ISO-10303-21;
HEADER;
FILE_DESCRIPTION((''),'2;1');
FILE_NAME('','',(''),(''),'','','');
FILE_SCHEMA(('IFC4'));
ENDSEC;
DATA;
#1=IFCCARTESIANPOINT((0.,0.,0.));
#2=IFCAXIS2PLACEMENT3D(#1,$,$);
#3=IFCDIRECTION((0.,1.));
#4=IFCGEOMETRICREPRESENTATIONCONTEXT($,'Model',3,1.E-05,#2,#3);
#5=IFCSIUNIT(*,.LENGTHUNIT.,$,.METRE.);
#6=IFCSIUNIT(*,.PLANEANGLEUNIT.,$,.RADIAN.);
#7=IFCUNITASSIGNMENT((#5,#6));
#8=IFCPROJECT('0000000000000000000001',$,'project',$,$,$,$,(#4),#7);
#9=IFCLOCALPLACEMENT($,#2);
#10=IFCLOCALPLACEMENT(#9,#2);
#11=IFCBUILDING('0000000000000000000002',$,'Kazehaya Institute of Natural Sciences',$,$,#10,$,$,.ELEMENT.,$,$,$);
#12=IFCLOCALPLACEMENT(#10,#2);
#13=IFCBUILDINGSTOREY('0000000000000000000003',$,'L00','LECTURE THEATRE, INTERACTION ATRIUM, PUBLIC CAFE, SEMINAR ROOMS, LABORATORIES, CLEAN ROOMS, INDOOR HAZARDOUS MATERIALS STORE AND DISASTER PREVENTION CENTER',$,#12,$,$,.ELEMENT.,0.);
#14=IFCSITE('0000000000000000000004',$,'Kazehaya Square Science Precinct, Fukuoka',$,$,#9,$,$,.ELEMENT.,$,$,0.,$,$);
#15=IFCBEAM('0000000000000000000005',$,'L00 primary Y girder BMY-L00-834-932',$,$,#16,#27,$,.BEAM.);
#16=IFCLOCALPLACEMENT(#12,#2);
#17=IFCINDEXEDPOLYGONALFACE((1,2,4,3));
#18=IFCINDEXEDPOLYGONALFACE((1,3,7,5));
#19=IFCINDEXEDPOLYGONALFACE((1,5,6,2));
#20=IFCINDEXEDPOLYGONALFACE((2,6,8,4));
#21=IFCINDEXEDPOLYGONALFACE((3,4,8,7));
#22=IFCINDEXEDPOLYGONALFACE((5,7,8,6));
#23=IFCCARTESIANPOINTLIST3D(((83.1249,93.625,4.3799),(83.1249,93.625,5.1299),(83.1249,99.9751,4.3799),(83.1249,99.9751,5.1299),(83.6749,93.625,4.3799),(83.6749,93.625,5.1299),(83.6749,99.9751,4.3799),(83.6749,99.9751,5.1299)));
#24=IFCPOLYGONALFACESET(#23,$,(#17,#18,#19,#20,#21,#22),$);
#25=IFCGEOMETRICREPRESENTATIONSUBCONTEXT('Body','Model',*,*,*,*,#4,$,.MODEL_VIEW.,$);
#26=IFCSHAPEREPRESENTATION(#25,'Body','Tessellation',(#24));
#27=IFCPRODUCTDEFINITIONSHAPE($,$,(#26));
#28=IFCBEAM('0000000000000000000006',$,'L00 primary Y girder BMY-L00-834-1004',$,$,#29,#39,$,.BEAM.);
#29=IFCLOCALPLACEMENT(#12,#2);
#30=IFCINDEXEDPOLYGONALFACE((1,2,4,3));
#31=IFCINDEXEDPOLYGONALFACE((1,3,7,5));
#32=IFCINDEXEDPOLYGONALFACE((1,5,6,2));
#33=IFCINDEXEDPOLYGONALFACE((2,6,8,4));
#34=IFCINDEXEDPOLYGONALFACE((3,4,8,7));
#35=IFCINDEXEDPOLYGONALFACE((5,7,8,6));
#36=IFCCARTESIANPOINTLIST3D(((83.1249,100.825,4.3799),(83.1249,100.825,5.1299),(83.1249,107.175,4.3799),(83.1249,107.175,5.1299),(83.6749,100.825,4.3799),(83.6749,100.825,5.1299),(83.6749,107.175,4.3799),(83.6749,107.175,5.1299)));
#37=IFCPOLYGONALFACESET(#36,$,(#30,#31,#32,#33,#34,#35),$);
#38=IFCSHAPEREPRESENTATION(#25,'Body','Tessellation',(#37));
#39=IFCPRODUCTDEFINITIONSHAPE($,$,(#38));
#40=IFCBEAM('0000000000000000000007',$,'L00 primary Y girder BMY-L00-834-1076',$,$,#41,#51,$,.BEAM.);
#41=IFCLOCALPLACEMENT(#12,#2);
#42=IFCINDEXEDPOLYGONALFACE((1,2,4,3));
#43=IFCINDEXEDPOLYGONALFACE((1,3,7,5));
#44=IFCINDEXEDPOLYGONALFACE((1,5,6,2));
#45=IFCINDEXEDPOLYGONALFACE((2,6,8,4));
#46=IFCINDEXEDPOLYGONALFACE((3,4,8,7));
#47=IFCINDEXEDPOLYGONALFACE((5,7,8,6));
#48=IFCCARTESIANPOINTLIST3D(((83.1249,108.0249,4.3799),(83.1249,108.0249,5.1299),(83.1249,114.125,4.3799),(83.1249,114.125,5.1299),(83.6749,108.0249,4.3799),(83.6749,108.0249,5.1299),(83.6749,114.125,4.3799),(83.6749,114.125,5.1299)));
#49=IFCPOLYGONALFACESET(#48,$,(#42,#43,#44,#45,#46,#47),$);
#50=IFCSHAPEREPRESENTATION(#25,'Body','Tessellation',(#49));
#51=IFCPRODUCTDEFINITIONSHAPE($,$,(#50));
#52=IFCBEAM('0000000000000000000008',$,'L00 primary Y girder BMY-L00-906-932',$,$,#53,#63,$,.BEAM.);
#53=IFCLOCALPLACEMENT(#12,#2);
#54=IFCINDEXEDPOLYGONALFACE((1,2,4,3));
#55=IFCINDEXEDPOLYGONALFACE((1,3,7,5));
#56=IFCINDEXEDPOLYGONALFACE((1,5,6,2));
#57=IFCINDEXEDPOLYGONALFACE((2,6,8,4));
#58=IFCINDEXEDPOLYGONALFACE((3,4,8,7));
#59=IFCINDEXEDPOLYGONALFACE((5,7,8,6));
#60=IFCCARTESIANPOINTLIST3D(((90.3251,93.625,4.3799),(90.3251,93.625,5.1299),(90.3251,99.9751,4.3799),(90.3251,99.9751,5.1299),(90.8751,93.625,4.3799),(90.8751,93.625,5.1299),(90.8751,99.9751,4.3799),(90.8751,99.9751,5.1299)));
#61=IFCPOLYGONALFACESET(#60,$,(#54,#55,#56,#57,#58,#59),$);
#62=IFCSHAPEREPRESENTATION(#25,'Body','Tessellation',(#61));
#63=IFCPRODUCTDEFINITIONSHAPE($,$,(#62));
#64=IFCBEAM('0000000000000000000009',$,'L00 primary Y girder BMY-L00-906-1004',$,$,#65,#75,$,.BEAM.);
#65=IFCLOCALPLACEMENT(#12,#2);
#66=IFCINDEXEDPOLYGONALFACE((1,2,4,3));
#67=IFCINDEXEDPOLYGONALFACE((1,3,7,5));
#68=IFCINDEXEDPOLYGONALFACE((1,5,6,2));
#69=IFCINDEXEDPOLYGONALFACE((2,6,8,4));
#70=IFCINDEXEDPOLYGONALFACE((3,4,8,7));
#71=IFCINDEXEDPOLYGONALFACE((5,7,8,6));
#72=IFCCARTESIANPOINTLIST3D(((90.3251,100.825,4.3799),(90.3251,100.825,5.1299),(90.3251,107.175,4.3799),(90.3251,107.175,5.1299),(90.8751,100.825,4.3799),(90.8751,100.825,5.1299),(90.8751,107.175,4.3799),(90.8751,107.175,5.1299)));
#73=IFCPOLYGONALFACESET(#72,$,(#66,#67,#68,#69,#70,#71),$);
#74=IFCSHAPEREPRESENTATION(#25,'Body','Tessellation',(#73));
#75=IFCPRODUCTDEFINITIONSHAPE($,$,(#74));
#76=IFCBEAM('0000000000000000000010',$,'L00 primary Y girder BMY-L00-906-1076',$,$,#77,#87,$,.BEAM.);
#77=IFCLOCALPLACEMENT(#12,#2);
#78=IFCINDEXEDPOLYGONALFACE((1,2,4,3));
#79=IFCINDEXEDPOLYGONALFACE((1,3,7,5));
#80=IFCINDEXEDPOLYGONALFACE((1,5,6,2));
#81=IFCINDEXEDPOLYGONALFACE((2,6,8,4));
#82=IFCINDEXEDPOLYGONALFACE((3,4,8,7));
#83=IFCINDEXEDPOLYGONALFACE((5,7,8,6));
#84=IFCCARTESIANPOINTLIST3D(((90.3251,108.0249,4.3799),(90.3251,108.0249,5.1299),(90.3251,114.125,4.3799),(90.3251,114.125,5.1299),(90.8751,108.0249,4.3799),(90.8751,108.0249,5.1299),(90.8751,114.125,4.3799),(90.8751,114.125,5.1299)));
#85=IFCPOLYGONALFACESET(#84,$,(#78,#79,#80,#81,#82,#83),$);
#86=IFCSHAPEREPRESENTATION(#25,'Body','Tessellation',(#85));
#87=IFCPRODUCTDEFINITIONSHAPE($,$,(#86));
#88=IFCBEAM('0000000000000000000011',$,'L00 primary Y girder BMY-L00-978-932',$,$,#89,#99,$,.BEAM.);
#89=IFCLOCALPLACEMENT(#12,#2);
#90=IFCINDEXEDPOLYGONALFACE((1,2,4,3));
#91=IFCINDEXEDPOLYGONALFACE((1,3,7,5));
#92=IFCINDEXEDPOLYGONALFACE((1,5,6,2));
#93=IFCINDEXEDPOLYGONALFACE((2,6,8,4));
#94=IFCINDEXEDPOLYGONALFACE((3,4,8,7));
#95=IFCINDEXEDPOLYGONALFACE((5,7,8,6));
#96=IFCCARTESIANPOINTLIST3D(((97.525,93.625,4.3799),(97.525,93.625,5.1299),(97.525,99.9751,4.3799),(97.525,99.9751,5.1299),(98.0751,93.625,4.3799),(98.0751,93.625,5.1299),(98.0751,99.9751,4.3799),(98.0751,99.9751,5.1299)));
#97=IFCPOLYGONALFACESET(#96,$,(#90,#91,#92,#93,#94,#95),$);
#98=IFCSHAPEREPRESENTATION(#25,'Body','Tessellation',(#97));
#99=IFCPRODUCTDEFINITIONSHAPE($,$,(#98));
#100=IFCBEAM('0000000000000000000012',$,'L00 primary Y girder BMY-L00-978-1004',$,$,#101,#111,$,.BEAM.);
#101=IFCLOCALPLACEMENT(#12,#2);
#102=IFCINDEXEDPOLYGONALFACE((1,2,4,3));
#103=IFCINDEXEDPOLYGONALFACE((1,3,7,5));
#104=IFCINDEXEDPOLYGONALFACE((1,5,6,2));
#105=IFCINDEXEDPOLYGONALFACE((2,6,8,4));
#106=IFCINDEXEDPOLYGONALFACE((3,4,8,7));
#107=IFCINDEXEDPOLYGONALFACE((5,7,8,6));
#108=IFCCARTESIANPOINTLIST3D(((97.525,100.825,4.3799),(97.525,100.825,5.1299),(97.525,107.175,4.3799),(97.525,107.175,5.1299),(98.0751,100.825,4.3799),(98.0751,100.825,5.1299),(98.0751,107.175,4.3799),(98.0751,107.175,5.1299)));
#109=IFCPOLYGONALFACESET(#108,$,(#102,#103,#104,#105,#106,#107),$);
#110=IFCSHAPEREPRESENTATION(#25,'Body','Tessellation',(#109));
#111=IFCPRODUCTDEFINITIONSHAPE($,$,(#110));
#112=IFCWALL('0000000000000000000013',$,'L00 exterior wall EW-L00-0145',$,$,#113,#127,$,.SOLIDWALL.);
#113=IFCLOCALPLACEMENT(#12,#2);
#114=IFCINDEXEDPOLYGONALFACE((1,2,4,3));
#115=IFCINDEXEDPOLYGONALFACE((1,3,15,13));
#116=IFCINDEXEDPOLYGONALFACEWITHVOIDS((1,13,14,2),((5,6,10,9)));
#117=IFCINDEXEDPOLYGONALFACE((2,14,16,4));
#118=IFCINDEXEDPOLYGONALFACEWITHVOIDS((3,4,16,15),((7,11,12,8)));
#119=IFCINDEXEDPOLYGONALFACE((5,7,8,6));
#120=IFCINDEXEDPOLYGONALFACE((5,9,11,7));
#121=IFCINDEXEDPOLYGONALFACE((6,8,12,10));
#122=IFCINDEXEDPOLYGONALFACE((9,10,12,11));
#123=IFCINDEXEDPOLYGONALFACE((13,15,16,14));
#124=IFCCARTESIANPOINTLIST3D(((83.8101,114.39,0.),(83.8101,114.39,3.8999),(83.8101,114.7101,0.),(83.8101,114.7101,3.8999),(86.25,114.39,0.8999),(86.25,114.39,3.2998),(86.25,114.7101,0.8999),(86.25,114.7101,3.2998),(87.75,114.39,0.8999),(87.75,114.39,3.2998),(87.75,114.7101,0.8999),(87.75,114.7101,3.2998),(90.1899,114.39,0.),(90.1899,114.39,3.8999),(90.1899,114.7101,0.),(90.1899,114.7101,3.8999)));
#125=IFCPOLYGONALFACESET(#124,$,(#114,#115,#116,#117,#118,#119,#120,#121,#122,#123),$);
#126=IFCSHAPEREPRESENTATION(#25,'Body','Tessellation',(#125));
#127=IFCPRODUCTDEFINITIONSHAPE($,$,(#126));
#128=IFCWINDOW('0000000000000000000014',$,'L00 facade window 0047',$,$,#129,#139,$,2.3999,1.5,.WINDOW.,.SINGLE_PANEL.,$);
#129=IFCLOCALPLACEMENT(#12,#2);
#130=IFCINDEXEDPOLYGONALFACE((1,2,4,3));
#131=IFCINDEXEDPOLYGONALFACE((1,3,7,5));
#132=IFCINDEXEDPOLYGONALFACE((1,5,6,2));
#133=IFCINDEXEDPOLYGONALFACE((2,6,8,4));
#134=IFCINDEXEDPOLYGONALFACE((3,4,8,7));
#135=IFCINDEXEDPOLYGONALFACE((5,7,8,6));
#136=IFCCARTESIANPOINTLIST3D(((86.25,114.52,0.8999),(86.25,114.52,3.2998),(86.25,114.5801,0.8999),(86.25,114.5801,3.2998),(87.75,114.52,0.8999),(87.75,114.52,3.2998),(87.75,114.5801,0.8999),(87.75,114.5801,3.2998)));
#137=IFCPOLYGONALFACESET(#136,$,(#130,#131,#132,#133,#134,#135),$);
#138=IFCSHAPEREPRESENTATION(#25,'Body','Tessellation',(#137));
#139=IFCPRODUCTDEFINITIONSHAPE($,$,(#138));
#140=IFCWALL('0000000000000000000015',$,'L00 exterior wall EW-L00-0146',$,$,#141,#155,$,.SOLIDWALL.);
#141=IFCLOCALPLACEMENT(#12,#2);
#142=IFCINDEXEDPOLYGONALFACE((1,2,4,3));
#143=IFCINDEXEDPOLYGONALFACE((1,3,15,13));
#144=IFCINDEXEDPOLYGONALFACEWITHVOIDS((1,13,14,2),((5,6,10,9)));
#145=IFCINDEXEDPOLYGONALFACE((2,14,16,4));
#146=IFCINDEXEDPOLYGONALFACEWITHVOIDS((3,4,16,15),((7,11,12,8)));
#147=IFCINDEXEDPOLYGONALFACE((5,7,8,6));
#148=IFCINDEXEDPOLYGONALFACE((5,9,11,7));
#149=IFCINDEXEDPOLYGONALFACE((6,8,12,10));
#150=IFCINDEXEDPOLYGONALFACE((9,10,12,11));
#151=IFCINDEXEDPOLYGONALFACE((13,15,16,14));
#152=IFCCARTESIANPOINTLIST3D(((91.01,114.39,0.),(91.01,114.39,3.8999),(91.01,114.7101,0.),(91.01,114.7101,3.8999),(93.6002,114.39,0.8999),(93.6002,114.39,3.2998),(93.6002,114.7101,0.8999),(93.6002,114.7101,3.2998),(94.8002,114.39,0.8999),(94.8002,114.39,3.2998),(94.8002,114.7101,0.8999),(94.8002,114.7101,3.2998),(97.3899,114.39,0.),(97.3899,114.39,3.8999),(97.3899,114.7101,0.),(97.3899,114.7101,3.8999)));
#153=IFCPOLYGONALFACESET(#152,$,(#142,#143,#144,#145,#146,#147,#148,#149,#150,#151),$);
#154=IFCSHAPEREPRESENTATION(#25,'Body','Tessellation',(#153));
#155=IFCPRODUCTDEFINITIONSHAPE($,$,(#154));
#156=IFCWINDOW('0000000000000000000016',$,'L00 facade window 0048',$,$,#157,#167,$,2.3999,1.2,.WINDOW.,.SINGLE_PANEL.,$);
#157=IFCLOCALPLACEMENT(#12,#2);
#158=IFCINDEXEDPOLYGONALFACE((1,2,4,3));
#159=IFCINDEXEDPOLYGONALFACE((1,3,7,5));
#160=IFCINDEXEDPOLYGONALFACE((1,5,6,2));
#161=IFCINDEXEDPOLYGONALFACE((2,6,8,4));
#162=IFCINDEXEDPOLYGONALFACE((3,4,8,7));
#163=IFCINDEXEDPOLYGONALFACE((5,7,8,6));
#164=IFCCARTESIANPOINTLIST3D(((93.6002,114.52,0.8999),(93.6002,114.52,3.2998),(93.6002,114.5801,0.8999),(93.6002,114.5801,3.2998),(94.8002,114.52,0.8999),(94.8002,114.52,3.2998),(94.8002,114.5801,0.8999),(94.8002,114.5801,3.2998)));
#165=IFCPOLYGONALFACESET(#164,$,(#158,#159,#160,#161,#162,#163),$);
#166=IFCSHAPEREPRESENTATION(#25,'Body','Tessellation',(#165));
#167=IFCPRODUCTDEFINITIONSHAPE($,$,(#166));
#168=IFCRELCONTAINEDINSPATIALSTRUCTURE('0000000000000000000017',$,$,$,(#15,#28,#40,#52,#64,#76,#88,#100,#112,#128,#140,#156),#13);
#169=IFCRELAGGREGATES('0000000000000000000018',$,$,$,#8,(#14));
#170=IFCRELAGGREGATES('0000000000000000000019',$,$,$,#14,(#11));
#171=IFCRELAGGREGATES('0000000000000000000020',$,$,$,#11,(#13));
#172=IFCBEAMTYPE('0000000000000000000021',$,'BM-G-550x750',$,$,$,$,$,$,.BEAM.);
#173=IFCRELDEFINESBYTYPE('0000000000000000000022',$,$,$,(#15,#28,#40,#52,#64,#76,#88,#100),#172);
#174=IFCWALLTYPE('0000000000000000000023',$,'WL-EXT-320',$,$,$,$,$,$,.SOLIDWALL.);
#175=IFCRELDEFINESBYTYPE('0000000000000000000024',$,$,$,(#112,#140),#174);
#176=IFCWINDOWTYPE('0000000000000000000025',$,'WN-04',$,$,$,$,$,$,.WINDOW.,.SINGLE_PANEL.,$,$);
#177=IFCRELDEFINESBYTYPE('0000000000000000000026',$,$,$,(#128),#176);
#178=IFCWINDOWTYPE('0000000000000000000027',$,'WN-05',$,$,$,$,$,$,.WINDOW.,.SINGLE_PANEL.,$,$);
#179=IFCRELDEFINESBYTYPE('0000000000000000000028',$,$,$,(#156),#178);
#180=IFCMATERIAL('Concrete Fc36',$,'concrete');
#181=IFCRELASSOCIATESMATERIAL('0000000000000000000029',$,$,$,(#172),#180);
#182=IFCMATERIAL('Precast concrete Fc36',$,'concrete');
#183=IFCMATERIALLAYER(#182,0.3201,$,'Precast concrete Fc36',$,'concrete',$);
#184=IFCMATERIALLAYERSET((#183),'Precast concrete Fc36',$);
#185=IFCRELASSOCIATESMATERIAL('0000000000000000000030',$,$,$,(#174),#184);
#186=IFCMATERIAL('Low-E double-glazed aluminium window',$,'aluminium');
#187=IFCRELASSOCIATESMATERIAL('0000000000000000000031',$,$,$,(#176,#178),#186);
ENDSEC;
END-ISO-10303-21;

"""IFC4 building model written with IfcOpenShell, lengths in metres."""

from ifc_helpers import new_model, si_unit, direction, frame, frame_2d, origin, origin_2d, place, context, subcontext, project, spatial, rectangle, extrude, material, layer, layer_set, material_profile, profile_set, type_object, element, fill, save


model = new_model("IFC4")

# Units and contexts
model_context = context("Model", 3, precision=1e-05, world=origin(), true_north=direction((0.0, 1.0)))
body_context = subcontext(model_context, "Body", "Model", "MODEL_VIEW")
ifc_project = project(units=[si_unit("LENGTHUNIT", "METRE"), si_unit("PLANEANGLEUNIT", "RADIAN")], contexts=[model_context])

# Site, building, storey
site_placement = place(None, origin())
site = spatial("IfcSite", under=ifc_project, at=site_placement, Name="Kazehaya Square Science Precinct, Fukuoka", CompositionType="ELEMENT", RefElevation=0.0)
building_placement = place(site_placement, origin())
building = spatial("IfcBuilding", under=site, at=building_placement, Name="Kazehaya Institute of Natural Sciences", CompositionType="ELEMENT")
storey_placement = place(building_placement, origin())
storey = spatial("IfcBuildingStorey", under=building, at=storey_placement, Name="L00", Description="LECTURE THEATRE, INTERACTION ATRIUM, PUBLIC CAFE, SEMINAR ROOMS, LABORATORIES, CLEAN ROOMS, INDOOR HAZARDOUS MATERIALS STORE AND DISASTER PREVENTION CENTER", CompositionType="ELEMENT", Elevation=0.0)

# Beams
ifc_material_1 = material(Name="Concrete Fc36", Category="concrete")
ifc_material_profile_1 = material_profile(ifc_material_1, rectangle(XDim=0.55, YDim=0.75, at=origin_2d()), Name="RC-550x750")
ifc_profile_set_1 = profile_set([ifc_material_profile_1], Name="Concrete Fc36")
beam_type = type_object("IfcBeamType", Name="BM-G-550x750", PredefinedType="BEAM", material=ifc_profile_set_1)
for number, where, z_axis, x_axis, name in (
    (1, (83.3999, 93.625, 4.7549), (0.0, 1.0, 0.0), (-1.0, 0.0, 0.0), "L00 primary Y girder BMY-L00-834-932"),
    (2, (83.3999, 100.825, 4.7549), (0.0, 1.0, 0.0), (-1.0, 0.0, 0.0), "L00 primary Y girder BMY-L00-834-1004"),
):
    element("IfcBeam", number, at=place(storey_placement, frame(where, z_axis=z_axis, x_axis=x_axis)), inside=storey, type_object=beam_type, Name=name, PredefinedType="BEAM", context=body_context, shape_type="SweptSolid", body=[
        extrude(rectangle(XDim=0.55, YDim=0.75, at=origin_2d()), origin(), (0.0, 0.0, 1.0), 6.3501),
    ])
beam_1_placement = place(storey_placement, frame((83.3999, 108.0249, 4.7549), z_axis=(0.0, 1.0, 0.0), x_axis=(-1.0, 0.0, 0.0)))
element("IfcBeam", 3, at=beam_1_placement, inside=storey, type_object=beam_type, Name="L00 primary Y girder BMY-L00-834-1076", PredefinedType="BEAM", context=body_context, shape_type="SweptSolid", body=[
    extrude(rectangle(XDim=0.55, YDim=0.75, at=origin_2d()), origin(), (0.0, 0.0, 1.0), 6.1001),
])
for number, where, z_axis, x_axis, name in (
    (4, (90.6001, 93.625, 4.7549), (0.0, 1.0, 0.0), (-1.0, 0.0, 0.0), "L00 primary Y girder BMY-L00-906-932"),
    (5, (90.6001, 100.825, 4.7549), (0.0, 1.0, 0.0), (-1.0, 0.0, 0.0), "L00 primary Y girder BMY-L00-906-1004"),
):
    element("IfcBeam", number, at=place(storey_placement, frame(where, z_axis=z_axis, x_axis=x_axis)), inside=storey, type_object=beam_type, Name=name, PredefinedType="BEAM", context=body_context, shape_type="SweptSolid", body=[
        extrude(rectangle(XDim=0.55, YDim=0.75, at=origin_2d()), origin(), (0.0, 0.0, 1.0), 6.3501),
    ])
beam_2_placement = place(storey_placement, frame((90.6001, 108.0249, 4.7549), z_axis=(0.0, 1.0, 0.0), x_axis=(-1.0, 0.0, 0.0)))
element("IfcBeam", 6, at=beam_2_placement, inside=storey, type_object=beam_type, Name="L00 primary Y girder BMY-L00-906-1076", PredefinedType="BEAM", context=body_context, shape_type="SweptSolid", body=[
    extrude(rectangle(XDim=0.55, YDim=0.75, at=origin_2d()), origin(), (0.0, 0.0, 1.0), 6.1001),
])
for number, where, z_axis, x_axis, name in (
    (7, (97.8, 93.625, 4.7549), (0.0, 1.0, 0.0), (-1.0, 0.0, 0.0), "L00 primary Y girder BMY-L00-978-932"),
    (8, (97.8, 100.825, 4.7549), (0.0, 1.0, 0.0), (-1.0, 0.0, 0.0), "L00 primary Y girder BMY-L00-978-1004"),
):
    element("IfcBeam", number, at=place(storey_placement, frame(where, z_axis=z_axis, x_axis=x_axis)), inside=storey, type_object=beam_type, Name=name, PredefinedType="BEAM", context=body_context, shape_type="SweptSolid", body=[
        extrude(rectangle(XDim=0.55, YDim=0.75, at=origin_2d()), origin(), (0.0, 0.0, 1.0), 6.3501),
    ])

# Walls, openings, windows
ifc_material_2 = material(Name="Precast concrete Fc36", Category="concrete")
ifc_layer_1 = layer(ifc_material_2, 0.3201, Name="Precast concrete Fc36", Category="concrete")
ifc_layer_set_1 = layer_set([ifc_layer_1], Name="Precast concrete Fc36")
wall_type_1 = type_object("IfcWallType", Name="WL-EXT-320", PredefinedType="SOLIDWALL", material=ifc_layer_set_1)
wall_1_placement = place(storey_placement, frame((83.8101, 114.55, 0.0), z_axis=(0.0, 0.0, 1.0), x_axis=(1.0, 0.0, 0.0)))
wall_1 = element("IfcWall", 9, at=wall_1_placement, inside=storey, type_object=wall_type_1, Name="L00 exterior wall EW-L00-0145", PredefinedType="SOLIDWALL", context=body_context, shape_type="SweptSolid", body=[
    extrude(rectangle(XDim=6.3799, YDim=0.3201, at=frame_2d((3.1899, 0.0))), origin(), (0.0, 0.0, 1.0), 3.8999),
])
opening_1_placement = place(wall_1_placement, frame((2.4399, 0.0, 0.8999)))
opening_1 = element("IfcOpeningElement", 10, at=opening_1_placement, cuts=wall_1, PredefinedType="OPENING", context=body_context, shape_type="SweptSolid", body=[
    extrude(rectangle(XDim=1.5, YDim=2.3999, at=frame_2d((0.75, 1.2))), frame((0.0, 0.1699, 0.0), z_axis=(0.0, -1.0, 0.0), x_axis=(1.0, 0.0, 0.0)), (0.0, 0.0, 1.0), 0.3401),
])
ifc_material_3 = material(Name="Low-E double-glazed aluminium window", Category="aluminium")
window_type_1 = type_object("IfcWindowType", Name="WN-04", PartitioningType="SINGLE_PANEL", PredefinedType="WINDOW", material=ifc_material_3)
window_1_placement = place(opening_1_placement, origin())
window_1 = element("IfcWindow", 11, at=window_1_placement, inside=storey, type_object=window_type_1, Name="L00 facade window 0047", OverallHeight=2.3999, OverallWidth=1.5, PartitioningType="SINGLE_PANEL", PredefinedType="WINDOW", context=body_context, shape_type="SweptSolid", body=[
    extrude(rectangle(XDim=1.5, YDim=2.3999, at=frame_2d((0.75, 1.2))), frame((0.0, 0.03, 0.0), z_axis=(0.0, -1.0, 0.0), x_axis=(1.0, 0.0, 0.0)), (0.0, 0.0, 1.0), 0.0601),
])
fill(opening_1, window_1)
wall_2_placement = place(storey_placement, frame((91.01, 114.55, 0.0), z_axis=(0.0, 0.0, 1.0), x_axis=(1.0, 0.0, 0.0)))
wall_2 = element("IfcWall", 12, at=wall_2_placement, inside=storey, type_object=wall_type_1, Name="L00 exterior wall EW-L00-0146", PredefinedType="SOLIDWALL", context=body_context, shape_type="SweptSolid", body=[
    extrude(rectangle(XDim=6.3799, YDim=0.3201, at=frame_2d((3.1899, 0.0))), origin(), (0.0, 0.0, 1.0), 3.8999),
])
opening_2_placement = place(wall_2_placement, frame((2.5901, 0.0, 0.8999)))
opening_2 = element("IfcOpeningElement", 13, at=opening_2_placement, cuts=wall_2, PredefinedType="OPENING", context=body_context, shape_type="SweptSolid", body=[
    extrude(rectangle(XDim=1.2, YDim=2.3999, at=frame_2d((0.6001, 1.2))), frame((0.0, 0.1699, 0.0), z_axis=(0.0, -1.0, 0.0), x_axis=(1.0, 0.0, 0.0)), (0.0, 0.0, 1.0), 0.3401),
])
window_type_2 = type_object("IfcWindowType", Name="WN-05", PartitioningType="SINGLE_PANEL", PredefinedType="WINDOW", material=ifc_material_3)
window_2_placement = place(opening_2_placement, origin())
window_2 = element("IfcWindow", 14, at=window_2_placement, inside=storey, type_object=window_type_2, Name="L00 facade window 0048", OverallHeight=2.3999, OverallWidth=1.2, PartitioningType="SINGLE_PANEL", PredefinedType="WINDOW", context=body_context, shape_type="SweptSolid", body=[
    extrude(rectangle(XDim=1.2, YDim=2.3999, at=frame_2d((0.6001, 1.2))), frame((0.0, 0.03, 0.0), z_axis=(0.0, -1.0, 0.0), x_axis=(1.0, 0.0, 0.0)), (0.0, 0.0, 1.0), 0.0601),
])
fill(opening_2, window_2)

save(model, "model.ifc")
